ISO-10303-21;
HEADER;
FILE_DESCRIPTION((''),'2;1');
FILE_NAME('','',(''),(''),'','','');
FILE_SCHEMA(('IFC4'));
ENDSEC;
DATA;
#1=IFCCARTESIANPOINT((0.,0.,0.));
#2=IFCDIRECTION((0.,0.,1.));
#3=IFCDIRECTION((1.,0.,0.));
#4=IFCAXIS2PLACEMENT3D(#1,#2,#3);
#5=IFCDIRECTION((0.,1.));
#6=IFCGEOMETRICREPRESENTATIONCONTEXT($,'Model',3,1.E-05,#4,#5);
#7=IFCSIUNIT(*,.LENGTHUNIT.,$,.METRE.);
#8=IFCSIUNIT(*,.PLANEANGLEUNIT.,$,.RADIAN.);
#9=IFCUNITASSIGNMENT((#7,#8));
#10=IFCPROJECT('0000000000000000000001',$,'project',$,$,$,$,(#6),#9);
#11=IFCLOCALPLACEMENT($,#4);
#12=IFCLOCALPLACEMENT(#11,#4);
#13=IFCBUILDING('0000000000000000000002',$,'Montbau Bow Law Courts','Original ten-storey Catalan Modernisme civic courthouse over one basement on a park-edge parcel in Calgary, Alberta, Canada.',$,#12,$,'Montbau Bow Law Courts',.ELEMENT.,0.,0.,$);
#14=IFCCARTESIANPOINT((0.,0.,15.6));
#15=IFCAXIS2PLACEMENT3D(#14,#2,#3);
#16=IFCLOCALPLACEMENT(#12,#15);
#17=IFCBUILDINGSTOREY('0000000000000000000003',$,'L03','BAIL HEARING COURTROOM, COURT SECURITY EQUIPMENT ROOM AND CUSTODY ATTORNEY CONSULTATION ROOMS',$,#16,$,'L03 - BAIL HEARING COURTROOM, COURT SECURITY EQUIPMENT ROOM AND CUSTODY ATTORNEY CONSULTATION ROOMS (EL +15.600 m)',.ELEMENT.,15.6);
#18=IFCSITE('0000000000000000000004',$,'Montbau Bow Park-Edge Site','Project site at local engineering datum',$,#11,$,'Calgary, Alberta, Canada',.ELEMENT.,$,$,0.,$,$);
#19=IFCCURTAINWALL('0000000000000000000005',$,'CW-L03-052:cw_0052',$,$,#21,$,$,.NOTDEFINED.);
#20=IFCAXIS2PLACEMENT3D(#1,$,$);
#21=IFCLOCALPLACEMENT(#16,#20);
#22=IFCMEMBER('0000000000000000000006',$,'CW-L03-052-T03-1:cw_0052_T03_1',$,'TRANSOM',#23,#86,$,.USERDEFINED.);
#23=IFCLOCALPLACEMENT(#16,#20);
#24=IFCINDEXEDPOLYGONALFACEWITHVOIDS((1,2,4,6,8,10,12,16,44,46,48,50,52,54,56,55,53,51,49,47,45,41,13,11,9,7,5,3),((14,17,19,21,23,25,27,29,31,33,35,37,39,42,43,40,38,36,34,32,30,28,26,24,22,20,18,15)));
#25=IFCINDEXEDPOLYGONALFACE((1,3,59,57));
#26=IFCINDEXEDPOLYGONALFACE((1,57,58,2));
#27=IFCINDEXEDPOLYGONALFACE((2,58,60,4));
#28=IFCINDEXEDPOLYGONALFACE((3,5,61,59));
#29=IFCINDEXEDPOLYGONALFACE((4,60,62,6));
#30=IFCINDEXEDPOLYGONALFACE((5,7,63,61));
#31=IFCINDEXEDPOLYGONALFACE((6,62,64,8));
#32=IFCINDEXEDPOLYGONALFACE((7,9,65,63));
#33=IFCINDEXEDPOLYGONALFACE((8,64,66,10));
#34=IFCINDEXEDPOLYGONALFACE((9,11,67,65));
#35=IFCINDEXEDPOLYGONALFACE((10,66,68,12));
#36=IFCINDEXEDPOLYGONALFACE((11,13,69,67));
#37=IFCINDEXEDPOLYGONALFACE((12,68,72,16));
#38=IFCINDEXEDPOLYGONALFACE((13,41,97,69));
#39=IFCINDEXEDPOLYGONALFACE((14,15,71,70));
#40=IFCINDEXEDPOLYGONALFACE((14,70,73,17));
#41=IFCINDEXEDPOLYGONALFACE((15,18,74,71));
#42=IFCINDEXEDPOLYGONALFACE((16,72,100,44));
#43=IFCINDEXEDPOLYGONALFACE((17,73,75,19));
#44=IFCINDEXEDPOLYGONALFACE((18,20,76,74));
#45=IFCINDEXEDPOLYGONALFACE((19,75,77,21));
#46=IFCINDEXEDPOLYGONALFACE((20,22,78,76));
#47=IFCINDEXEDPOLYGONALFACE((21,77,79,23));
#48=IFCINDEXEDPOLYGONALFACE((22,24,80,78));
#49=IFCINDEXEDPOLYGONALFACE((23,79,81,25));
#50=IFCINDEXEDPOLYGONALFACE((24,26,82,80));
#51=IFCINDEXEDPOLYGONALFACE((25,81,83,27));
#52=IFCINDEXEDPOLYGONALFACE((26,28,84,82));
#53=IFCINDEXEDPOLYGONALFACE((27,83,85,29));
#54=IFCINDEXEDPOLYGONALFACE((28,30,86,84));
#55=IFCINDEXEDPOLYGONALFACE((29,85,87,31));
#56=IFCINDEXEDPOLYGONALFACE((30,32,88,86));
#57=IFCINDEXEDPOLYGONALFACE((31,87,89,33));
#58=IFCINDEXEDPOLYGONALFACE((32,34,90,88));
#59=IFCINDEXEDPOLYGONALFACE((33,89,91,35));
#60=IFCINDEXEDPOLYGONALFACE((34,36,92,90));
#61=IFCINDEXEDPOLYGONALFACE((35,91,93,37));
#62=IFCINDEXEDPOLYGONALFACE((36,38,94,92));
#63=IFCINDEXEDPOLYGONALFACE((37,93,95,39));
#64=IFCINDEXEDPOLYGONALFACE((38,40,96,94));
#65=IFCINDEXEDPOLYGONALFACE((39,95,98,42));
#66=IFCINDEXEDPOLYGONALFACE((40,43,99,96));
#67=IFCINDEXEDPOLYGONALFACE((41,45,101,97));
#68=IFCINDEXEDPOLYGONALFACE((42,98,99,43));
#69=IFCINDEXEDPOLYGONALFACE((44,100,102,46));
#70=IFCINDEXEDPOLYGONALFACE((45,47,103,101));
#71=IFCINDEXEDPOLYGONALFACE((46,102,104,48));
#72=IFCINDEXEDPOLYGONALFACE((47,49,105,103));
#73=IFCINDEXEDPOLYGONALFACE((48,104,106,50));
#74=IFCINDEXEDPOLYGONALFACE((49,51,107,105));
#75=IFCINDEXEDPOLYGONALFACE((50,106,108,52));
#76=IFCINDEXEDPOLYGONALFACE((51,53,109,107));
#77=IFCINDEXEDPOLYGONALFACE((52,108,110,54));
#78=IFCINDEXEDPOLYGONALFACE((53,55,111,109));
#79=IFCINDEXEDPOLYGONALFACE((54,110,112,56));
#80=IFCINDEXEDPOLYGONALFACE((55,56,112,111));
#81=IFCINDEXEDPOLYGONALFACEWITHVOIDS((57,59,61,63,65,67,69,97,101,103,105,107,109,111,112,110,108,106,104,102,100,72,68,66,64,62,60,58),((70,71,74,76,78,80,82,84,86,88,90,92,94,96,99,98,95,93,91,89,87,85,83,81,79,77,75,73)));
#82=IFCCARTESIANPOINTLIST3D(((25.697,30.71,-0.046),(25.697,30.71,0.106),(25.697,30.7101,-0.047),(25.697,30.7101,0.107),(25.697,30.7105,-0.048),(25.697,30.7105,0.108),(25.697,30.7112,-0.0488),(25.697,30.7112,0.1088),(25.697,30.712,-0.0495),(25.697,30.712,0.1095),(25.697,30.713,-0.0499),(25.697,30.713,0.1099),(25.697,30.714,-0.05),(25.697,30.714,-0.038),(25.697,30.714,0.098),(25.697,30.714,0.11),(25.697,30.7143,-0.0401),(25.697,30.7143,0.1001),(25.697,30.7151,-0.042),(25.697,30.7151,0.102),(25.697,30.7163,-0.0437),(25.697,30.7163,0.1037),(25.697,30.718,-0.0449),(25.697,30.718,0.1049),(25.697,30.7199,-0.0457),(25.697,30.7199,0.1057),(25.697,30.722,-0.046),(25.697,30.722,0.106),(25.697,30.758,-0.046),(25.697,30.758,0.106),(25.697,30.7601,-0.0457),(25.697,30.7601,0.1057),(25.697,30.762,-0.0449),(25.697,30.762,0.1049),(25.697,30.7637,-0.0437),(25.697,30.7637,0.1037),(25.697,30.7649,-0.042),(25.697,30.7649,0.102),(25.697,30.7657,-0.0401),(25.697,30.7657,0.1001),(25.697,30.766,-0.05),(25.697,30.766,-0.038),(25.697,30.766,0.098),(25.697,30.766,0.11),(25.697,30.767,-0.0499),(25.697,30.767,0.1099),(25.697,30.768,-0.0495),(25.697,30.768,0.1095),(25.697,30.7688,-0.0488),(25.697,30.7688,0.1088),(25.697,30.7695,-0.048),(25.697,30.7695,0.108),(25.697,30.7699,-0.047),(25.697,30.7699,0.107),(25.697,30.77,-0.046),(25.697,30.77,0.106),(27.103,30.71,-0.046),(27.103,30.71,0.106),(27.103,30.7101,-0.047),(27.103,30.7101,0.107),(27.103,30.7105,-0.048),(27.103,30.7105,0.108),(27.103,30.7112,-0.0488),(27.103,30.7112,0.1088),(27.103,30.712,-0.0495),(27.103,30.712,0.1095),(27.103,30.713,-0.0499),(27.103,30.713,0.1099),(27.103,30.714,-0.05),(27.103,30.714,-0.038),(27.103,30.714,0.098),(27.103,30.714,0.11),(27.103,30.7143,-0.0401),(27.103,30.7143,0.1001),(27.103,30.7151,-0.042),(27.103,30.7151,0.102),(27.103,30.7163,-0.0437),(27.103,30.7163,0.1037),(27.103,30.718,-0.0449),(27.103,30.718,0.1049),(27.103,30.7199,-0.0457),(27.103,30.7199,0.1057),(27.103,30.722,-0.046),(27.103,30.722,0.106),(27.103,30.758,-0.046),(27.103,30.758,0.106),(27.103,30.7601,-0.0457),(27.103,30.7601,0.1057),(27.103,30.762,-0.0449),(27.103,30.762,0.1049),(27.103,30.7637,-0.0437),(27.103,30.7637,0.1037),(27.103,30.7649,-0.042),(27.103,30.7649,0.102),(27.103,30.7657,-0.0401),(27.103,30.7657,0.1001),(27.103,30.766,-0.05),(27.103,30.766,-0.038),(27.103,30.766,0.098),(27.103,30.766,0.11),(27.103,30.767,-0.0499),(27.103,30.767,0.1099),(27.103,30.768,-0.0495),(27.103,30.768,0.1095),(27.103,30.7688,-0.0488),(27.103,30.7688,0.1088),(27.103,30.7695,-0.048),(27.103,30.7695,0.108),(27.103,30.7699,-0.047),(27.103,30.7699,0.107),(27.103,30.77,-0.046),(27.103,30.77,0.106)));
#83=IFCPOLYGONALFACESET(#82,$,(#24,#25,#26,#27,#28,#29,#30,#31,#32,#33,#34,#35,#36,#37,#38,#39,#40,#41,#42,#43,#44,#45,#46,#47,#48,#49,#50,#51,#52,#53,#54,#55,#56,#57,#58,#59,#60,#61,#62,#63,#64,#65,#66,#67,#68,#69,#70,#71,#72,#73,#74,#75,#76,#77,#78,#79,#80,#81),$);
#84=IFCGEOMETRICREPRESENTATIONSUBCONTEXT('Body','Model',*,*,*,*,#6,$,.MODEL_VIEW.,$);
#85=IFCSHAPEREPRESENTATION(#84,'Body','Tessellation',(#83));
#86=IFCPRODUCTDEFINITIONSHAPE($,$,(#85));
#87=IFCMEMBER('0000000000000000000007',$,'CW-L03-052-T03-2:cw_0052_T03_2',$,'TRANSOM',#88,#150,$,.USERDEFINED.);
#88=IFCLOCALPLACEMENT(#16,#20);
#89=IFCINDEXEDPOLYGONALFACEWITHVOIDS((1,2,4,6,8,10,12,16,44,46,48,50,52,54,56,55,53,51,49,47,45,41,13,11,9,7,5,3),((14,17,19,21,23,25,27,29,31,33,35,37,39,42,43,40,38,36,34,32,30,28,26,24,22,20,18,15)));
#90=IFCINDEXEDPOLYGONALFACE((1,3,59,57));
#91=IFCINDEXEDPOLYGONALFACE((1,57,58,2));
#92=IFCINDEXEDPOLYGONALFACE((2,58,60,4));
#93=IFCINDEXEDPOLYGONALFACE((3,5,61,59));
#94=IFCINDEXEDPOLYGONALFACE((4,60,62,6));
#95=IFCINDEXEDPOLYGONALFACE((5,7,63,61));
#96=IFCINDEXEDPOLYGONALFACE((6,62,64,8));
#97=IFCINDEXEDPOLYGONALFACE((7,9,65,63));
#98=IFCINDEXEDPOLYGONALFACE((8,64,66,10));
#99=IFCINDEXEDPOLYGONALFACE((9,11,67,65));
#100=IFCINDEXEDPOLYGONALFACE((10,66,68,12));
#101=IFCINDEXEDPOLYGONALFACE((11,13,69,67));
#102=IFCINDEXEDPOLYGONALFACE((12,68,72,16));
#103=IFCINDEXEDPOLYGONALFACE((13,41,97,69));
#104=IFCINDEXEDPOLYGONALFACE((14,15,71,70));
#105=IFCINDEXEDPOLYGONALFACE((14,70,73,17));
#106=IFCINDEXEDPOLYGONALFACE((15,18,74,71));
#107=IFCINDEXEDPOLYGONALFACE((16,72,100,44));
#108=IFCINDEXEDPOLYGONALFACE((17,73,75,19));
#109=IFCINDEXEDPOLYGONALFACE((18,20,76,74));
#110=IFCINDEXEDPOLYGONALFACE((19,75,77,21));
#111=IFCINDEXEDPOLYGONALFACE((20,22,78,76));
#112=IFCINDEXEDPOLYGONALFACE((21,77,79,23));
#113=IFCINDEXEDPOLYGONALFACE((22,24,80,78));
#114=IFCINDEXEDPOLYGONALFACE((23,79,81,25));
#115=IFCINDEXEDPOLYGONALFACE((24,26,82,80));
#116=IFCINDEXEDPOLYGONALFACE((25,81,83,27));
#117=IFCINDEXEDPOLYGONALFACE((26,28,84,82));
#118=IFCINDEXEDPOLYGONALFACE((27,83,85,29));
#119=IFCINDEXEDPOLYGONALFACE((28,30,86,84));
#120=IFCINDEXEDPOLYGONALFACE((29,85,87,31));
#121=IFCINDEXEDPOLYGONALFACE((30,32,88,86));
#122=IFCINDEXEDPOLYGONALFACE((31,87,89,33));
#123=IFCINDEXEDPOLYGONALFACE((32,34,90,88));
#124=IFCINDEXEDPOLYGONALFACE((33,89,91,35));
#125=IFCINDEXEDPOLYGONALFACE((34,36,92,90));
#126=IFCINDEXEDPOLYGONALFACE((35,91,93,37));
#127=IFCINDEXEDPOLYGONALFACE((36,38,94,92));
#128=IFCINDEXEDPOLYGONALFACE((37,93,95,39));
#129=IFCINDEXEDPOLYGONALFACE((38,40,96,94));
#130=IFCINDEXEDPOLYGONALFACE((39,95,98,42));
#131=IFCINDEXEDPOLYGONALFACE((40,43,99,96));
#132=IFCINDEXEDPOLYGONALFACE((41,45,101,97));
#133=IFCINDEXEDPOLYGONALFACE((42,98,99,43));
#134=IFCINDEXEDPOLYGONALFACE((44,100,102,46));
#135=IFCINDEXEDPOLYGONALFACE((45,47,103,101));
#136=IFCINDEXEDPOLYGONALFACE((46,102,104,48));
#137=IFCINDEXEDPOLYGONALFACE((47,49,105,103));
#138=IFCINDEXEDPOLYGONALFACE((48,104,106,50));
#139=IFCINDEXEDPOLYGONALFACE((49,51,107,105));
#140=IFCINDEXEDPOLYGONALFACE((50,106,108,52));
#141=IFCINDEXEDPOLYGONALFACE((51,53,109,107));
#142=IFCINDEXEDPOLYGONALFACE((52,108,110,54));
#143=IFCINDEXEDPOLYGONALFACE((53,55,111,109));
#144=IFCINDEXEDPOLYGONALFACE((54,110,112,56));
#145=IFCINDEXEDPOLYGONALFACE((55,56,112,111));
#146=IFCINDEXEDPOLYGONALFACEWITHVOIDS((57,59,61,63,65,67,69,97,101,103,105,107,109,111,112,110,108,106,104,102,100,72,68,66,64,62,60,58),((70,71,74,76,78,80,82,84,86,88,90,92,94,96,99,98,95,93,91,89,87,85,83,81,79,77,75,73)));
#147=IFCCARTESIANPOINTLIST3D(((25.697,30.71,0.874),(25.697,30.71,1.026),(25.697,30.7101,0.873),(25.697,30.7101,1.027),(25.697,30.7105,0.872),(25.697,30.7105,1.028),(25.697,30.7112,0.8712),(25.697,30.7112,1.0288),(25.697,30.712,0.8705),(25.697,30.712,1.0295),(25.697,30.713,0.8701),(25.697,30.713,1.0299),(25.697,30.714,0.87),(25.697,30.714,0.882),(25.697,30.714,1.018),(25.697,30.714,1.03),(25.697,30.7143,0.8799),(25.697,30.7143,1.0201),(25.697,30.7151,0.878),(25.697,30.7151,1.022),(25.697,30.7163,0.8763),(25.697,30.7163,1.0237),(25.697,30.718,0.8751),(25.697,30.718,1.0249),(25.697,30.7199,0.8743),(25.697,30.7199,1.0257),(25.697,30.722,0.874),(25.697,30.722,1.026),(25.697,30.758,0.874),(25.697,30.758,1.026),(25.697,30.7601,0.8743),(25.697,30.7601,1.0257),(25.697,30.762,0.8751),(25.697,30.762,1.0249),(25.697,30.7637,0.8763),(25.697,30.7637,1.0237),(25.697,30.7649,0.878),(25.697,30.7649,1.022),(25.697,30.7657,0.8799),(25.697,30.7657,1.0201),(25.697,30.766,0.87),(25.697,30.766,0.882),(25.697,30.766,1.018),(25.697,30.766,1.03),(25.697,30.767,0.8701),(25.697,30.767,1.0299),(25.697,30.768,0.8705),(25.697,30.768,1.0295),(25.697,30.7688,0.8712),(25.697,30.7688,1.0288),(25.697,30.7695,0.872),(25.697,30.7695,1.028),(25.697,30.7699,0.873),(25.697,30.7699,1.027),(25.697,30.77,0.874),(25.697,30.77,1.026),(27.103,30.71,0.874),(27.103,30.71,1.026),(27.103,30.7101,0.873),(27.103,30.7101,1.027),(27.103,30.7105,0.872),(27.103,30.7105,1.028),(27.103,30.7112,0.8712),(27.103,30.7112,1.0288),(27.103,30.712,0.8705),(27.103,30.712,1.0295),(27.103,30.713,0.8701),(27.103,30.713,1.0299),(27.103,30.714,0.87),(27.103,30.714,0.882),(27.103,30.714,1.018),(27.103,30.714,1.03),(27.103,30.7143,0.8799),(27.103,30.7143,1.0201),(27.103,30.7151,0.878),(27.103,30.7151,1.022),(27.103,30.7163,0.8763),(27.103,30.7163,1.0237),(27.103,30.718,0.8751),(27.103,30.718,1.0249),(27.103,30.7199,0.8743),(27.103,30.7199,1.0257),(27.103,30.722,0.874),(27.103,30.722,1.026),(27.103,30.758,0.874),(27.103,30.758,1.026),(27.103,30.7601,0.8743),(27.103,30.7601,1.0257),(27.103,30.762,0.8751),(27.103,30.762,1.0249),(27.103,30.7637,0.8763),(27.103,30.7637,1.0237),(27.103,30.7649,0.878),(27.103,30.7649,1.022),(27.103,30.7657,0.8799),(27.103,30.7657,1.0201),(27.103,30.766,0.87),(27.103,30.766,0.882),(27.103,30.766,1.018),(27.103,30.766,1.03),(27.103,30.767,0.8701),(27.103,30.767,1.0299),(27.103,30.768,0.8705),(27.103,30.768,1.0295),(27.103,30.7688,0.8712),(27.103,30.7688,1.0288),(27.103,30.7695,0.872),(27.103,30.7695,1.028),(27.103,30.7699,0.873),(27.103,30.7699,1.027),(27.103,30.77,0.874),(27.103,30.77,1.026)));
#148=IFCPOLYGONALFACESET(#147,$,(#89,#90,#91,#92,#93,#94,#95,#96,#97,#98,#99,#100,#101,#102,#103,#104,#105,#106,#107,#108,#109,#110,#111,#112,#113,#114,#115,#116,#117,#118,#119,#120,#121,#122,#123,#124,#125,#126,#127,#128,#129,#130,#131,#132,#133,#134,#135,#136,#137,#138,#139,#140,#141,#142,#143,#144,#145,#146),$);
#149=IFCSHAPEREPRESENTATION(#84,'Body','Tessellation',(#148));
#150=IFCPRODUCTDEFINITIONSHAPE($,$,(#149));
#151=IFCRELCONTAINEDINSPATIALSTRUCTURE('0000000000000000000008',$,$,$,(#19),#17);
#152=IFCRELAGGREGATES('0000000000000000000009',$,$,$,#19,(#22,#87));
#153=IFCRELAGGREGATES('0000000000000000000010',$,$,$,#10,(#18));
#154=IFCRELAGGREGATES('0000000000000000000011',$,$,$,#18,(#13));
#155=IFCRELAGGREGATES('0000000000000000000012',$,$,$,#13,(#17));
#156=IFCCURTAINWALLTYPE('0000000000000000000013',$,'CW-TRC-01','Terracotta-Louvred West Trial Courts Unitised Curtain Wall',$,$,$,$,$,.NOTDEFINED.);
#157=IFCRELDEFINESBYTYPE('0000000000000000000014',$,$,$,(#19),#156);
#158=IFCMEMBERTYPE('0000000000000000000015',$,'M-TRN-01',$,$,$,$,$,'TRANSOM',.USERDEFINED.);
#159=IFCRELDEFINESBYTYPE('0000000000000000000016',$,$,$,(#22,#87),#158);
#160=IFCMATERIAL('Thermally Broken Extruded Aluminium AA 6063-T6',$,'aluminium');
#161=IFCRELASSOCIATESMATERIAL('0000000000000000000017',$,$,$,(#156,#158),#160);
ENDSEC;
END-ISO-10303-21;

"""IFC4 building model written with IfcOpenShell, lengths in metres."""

from ifc_helpers import new_model, si_unit, direction, frame, origin_with_axes, origin_2d_with_axis, place, context, subcontext, project, spatial, hollow_rectangle, extrude, material, material_profile, profile_set, type_object, element, aggregate, save


model = new_model("IFC4")

# Units and contexts
model_context = context("Model", 3, precision=1e-05, world=origin_with_axes(), true_north=direction((0.0, 1.0)))
body_context = subcontext(model_context, "Body", "Model", "MODEL_VIEW")
ifc_project = project(units=[si_unit("LENGTHUNIT", "METRE"), si_unit("PLANEANGLEUNIT", "RADIAN")], contexts=[model_context])

# Site, building, storey
site_placement = place(None, origin_with_axes())
site = spatial("IfcSite", under=ifc_project, at=site_placement, Name="Montbau Bow Park-Edge Site", Description="Project site at local engineering datum", LongName="Calgary, Alberta, Canada", CompositionType="ELEMENT", RefElevation=0.0)
building_placement = place(site_placement, origin_with_axes())
building = spatial("IfcBuilding", under=site, at=building_placement, Name="Montbau Bow Law Courts", Description="Original ten-storey Catalan Modernisme civic courthouse over one basement on a park-edge parcel in Calgary, Alberta, Canada.", LongName="Montbau Bow Law Courts", CompositionType="ELEMENT", ElevationOfRefHeight=0.0, ElevationOfTerrain=0.0)
storey_placement = place(building_placement, frame((0.0, 0.0, 15.6), z_axis=(0.0, 0.0, 1.0), x_axis=(1.0, 0.0, 0.0)))
storey = spatial("IfcBuildingStorey", under=building, at=storey_placement, Name="L03", Description="BAIL HEARING COURTROOM, COURT SECURITY EQUIPMENT ROOM AND CUSTODY ATTORNEY CONSULTATION ROOMS", LongName="L03 - BAIL HEARING COURTROOM, COURT SECURITY EQUIPMENT ROOM AND CUSTODY ATTORNEY CONSULTATION ROOMS (EL +15.600 m)", CompositionType="ELEMENT", Elevation=15.6)

# Curtain wall, members
ifc_material_1 = material(Name="Thermally Broken Extruded Aluminium AA 6063-T6", Category="aluminium")
curtain_wall_type = type_object("IfcCurtainWallType", Name="CW-TRC-01", Description="Terracotta-Louvred West Trial Courts Unitised Curtain Wall", PredefinedType="NOTDEFINED", material=ifc_material_1)
curtain_wall_placement = place(None, frame((22.715, 30.74, 15.6), z_axis=(0.0, 0.0, 1.0), x_axis=(1.0, 0.0, 0.0)))
curtain_wall = element("IfcCurtainWall", 1, at=curtain_wall_placement, inside=storey, type_object=curtain_wall_type, Name="CW-L03-052:cw_0052", PredefinedType="NOTDEFINED")
ifc_material_profile_1 = material_profile(ifc_material_1, hollow_rectangle(XDim=0.06, YDim=0.16, WallThickness=0.004, InnerFilletRadius=0.008, OuterFilletRadius=0.004, at=origin_2d_with_axis()), Name="CWT-160X60", Category="Main", Priority=0)
ifc_profile_set_1 = profile_set([ifc_material_profile_1], Name="Thermally Broken Extruded Aluminium AA 6063-T6")
member_type_1 = type_object("IfcMemberType", Name="M-TRN-01", ElementType="TRANSOM", PredefinedType="USERDEFINED", material=ifc_profile_set_1)
member_1_placement = place(None, frame((25.697, 30.74, 15.63), z_axis=(1.0, 0.0, 0.0), x_axis=(0.0, 1.0, 0.0)))
member_1 = element("IfcMember", 2, at=member_1_placement, type_object=member_type_1, Name="CW-L03-052-T03-1:cw_0052_T03_1", ObjectType="TRANSOM", PredefinedType="USERDEFINED", context=body_context, shape_type="SweptSolid", body=[
    extrude(hollow_rectangle(XDim=0.06, YDim=0.16, WallThickness=0.004, InnerFilletRadius=0.008, OuterFilletRadius=0.004, at=origin_2d_with_axis()), origin_with_axes(), (0.0, 0.0, 1.0), 1.406),
])
member_2_placement = place(None, frame((25.697, 30.74, 16.55), z_axis=(1.0, 0.0, 0.0), x_axis=(0.0, 1.0, 0.0)))
member_2 = element("IfcMember", 3, at=member_2_placement, type_object=member_type_1, Name="CW-L03-052-T03-2:cw_0052_T03_2", ObjectType="TRANSOM", PredefinedType="USERDEFINED", context=body_context, shape_type="SweptSolid", body=[
    extrude(hollow_rectangle(XDim=0.06, YDim=0.16, WallThickness=0.004, InnerFilletRadius=0.008, OuterFilletRadius=0.004, at=origin_2d_with_axis()), origin_with_axes(), (0.0, 0.0, 1.0), 1.406),
])
aggregate(curtain_wall, [member_1, member_2])

save(model, "model.ifc")
